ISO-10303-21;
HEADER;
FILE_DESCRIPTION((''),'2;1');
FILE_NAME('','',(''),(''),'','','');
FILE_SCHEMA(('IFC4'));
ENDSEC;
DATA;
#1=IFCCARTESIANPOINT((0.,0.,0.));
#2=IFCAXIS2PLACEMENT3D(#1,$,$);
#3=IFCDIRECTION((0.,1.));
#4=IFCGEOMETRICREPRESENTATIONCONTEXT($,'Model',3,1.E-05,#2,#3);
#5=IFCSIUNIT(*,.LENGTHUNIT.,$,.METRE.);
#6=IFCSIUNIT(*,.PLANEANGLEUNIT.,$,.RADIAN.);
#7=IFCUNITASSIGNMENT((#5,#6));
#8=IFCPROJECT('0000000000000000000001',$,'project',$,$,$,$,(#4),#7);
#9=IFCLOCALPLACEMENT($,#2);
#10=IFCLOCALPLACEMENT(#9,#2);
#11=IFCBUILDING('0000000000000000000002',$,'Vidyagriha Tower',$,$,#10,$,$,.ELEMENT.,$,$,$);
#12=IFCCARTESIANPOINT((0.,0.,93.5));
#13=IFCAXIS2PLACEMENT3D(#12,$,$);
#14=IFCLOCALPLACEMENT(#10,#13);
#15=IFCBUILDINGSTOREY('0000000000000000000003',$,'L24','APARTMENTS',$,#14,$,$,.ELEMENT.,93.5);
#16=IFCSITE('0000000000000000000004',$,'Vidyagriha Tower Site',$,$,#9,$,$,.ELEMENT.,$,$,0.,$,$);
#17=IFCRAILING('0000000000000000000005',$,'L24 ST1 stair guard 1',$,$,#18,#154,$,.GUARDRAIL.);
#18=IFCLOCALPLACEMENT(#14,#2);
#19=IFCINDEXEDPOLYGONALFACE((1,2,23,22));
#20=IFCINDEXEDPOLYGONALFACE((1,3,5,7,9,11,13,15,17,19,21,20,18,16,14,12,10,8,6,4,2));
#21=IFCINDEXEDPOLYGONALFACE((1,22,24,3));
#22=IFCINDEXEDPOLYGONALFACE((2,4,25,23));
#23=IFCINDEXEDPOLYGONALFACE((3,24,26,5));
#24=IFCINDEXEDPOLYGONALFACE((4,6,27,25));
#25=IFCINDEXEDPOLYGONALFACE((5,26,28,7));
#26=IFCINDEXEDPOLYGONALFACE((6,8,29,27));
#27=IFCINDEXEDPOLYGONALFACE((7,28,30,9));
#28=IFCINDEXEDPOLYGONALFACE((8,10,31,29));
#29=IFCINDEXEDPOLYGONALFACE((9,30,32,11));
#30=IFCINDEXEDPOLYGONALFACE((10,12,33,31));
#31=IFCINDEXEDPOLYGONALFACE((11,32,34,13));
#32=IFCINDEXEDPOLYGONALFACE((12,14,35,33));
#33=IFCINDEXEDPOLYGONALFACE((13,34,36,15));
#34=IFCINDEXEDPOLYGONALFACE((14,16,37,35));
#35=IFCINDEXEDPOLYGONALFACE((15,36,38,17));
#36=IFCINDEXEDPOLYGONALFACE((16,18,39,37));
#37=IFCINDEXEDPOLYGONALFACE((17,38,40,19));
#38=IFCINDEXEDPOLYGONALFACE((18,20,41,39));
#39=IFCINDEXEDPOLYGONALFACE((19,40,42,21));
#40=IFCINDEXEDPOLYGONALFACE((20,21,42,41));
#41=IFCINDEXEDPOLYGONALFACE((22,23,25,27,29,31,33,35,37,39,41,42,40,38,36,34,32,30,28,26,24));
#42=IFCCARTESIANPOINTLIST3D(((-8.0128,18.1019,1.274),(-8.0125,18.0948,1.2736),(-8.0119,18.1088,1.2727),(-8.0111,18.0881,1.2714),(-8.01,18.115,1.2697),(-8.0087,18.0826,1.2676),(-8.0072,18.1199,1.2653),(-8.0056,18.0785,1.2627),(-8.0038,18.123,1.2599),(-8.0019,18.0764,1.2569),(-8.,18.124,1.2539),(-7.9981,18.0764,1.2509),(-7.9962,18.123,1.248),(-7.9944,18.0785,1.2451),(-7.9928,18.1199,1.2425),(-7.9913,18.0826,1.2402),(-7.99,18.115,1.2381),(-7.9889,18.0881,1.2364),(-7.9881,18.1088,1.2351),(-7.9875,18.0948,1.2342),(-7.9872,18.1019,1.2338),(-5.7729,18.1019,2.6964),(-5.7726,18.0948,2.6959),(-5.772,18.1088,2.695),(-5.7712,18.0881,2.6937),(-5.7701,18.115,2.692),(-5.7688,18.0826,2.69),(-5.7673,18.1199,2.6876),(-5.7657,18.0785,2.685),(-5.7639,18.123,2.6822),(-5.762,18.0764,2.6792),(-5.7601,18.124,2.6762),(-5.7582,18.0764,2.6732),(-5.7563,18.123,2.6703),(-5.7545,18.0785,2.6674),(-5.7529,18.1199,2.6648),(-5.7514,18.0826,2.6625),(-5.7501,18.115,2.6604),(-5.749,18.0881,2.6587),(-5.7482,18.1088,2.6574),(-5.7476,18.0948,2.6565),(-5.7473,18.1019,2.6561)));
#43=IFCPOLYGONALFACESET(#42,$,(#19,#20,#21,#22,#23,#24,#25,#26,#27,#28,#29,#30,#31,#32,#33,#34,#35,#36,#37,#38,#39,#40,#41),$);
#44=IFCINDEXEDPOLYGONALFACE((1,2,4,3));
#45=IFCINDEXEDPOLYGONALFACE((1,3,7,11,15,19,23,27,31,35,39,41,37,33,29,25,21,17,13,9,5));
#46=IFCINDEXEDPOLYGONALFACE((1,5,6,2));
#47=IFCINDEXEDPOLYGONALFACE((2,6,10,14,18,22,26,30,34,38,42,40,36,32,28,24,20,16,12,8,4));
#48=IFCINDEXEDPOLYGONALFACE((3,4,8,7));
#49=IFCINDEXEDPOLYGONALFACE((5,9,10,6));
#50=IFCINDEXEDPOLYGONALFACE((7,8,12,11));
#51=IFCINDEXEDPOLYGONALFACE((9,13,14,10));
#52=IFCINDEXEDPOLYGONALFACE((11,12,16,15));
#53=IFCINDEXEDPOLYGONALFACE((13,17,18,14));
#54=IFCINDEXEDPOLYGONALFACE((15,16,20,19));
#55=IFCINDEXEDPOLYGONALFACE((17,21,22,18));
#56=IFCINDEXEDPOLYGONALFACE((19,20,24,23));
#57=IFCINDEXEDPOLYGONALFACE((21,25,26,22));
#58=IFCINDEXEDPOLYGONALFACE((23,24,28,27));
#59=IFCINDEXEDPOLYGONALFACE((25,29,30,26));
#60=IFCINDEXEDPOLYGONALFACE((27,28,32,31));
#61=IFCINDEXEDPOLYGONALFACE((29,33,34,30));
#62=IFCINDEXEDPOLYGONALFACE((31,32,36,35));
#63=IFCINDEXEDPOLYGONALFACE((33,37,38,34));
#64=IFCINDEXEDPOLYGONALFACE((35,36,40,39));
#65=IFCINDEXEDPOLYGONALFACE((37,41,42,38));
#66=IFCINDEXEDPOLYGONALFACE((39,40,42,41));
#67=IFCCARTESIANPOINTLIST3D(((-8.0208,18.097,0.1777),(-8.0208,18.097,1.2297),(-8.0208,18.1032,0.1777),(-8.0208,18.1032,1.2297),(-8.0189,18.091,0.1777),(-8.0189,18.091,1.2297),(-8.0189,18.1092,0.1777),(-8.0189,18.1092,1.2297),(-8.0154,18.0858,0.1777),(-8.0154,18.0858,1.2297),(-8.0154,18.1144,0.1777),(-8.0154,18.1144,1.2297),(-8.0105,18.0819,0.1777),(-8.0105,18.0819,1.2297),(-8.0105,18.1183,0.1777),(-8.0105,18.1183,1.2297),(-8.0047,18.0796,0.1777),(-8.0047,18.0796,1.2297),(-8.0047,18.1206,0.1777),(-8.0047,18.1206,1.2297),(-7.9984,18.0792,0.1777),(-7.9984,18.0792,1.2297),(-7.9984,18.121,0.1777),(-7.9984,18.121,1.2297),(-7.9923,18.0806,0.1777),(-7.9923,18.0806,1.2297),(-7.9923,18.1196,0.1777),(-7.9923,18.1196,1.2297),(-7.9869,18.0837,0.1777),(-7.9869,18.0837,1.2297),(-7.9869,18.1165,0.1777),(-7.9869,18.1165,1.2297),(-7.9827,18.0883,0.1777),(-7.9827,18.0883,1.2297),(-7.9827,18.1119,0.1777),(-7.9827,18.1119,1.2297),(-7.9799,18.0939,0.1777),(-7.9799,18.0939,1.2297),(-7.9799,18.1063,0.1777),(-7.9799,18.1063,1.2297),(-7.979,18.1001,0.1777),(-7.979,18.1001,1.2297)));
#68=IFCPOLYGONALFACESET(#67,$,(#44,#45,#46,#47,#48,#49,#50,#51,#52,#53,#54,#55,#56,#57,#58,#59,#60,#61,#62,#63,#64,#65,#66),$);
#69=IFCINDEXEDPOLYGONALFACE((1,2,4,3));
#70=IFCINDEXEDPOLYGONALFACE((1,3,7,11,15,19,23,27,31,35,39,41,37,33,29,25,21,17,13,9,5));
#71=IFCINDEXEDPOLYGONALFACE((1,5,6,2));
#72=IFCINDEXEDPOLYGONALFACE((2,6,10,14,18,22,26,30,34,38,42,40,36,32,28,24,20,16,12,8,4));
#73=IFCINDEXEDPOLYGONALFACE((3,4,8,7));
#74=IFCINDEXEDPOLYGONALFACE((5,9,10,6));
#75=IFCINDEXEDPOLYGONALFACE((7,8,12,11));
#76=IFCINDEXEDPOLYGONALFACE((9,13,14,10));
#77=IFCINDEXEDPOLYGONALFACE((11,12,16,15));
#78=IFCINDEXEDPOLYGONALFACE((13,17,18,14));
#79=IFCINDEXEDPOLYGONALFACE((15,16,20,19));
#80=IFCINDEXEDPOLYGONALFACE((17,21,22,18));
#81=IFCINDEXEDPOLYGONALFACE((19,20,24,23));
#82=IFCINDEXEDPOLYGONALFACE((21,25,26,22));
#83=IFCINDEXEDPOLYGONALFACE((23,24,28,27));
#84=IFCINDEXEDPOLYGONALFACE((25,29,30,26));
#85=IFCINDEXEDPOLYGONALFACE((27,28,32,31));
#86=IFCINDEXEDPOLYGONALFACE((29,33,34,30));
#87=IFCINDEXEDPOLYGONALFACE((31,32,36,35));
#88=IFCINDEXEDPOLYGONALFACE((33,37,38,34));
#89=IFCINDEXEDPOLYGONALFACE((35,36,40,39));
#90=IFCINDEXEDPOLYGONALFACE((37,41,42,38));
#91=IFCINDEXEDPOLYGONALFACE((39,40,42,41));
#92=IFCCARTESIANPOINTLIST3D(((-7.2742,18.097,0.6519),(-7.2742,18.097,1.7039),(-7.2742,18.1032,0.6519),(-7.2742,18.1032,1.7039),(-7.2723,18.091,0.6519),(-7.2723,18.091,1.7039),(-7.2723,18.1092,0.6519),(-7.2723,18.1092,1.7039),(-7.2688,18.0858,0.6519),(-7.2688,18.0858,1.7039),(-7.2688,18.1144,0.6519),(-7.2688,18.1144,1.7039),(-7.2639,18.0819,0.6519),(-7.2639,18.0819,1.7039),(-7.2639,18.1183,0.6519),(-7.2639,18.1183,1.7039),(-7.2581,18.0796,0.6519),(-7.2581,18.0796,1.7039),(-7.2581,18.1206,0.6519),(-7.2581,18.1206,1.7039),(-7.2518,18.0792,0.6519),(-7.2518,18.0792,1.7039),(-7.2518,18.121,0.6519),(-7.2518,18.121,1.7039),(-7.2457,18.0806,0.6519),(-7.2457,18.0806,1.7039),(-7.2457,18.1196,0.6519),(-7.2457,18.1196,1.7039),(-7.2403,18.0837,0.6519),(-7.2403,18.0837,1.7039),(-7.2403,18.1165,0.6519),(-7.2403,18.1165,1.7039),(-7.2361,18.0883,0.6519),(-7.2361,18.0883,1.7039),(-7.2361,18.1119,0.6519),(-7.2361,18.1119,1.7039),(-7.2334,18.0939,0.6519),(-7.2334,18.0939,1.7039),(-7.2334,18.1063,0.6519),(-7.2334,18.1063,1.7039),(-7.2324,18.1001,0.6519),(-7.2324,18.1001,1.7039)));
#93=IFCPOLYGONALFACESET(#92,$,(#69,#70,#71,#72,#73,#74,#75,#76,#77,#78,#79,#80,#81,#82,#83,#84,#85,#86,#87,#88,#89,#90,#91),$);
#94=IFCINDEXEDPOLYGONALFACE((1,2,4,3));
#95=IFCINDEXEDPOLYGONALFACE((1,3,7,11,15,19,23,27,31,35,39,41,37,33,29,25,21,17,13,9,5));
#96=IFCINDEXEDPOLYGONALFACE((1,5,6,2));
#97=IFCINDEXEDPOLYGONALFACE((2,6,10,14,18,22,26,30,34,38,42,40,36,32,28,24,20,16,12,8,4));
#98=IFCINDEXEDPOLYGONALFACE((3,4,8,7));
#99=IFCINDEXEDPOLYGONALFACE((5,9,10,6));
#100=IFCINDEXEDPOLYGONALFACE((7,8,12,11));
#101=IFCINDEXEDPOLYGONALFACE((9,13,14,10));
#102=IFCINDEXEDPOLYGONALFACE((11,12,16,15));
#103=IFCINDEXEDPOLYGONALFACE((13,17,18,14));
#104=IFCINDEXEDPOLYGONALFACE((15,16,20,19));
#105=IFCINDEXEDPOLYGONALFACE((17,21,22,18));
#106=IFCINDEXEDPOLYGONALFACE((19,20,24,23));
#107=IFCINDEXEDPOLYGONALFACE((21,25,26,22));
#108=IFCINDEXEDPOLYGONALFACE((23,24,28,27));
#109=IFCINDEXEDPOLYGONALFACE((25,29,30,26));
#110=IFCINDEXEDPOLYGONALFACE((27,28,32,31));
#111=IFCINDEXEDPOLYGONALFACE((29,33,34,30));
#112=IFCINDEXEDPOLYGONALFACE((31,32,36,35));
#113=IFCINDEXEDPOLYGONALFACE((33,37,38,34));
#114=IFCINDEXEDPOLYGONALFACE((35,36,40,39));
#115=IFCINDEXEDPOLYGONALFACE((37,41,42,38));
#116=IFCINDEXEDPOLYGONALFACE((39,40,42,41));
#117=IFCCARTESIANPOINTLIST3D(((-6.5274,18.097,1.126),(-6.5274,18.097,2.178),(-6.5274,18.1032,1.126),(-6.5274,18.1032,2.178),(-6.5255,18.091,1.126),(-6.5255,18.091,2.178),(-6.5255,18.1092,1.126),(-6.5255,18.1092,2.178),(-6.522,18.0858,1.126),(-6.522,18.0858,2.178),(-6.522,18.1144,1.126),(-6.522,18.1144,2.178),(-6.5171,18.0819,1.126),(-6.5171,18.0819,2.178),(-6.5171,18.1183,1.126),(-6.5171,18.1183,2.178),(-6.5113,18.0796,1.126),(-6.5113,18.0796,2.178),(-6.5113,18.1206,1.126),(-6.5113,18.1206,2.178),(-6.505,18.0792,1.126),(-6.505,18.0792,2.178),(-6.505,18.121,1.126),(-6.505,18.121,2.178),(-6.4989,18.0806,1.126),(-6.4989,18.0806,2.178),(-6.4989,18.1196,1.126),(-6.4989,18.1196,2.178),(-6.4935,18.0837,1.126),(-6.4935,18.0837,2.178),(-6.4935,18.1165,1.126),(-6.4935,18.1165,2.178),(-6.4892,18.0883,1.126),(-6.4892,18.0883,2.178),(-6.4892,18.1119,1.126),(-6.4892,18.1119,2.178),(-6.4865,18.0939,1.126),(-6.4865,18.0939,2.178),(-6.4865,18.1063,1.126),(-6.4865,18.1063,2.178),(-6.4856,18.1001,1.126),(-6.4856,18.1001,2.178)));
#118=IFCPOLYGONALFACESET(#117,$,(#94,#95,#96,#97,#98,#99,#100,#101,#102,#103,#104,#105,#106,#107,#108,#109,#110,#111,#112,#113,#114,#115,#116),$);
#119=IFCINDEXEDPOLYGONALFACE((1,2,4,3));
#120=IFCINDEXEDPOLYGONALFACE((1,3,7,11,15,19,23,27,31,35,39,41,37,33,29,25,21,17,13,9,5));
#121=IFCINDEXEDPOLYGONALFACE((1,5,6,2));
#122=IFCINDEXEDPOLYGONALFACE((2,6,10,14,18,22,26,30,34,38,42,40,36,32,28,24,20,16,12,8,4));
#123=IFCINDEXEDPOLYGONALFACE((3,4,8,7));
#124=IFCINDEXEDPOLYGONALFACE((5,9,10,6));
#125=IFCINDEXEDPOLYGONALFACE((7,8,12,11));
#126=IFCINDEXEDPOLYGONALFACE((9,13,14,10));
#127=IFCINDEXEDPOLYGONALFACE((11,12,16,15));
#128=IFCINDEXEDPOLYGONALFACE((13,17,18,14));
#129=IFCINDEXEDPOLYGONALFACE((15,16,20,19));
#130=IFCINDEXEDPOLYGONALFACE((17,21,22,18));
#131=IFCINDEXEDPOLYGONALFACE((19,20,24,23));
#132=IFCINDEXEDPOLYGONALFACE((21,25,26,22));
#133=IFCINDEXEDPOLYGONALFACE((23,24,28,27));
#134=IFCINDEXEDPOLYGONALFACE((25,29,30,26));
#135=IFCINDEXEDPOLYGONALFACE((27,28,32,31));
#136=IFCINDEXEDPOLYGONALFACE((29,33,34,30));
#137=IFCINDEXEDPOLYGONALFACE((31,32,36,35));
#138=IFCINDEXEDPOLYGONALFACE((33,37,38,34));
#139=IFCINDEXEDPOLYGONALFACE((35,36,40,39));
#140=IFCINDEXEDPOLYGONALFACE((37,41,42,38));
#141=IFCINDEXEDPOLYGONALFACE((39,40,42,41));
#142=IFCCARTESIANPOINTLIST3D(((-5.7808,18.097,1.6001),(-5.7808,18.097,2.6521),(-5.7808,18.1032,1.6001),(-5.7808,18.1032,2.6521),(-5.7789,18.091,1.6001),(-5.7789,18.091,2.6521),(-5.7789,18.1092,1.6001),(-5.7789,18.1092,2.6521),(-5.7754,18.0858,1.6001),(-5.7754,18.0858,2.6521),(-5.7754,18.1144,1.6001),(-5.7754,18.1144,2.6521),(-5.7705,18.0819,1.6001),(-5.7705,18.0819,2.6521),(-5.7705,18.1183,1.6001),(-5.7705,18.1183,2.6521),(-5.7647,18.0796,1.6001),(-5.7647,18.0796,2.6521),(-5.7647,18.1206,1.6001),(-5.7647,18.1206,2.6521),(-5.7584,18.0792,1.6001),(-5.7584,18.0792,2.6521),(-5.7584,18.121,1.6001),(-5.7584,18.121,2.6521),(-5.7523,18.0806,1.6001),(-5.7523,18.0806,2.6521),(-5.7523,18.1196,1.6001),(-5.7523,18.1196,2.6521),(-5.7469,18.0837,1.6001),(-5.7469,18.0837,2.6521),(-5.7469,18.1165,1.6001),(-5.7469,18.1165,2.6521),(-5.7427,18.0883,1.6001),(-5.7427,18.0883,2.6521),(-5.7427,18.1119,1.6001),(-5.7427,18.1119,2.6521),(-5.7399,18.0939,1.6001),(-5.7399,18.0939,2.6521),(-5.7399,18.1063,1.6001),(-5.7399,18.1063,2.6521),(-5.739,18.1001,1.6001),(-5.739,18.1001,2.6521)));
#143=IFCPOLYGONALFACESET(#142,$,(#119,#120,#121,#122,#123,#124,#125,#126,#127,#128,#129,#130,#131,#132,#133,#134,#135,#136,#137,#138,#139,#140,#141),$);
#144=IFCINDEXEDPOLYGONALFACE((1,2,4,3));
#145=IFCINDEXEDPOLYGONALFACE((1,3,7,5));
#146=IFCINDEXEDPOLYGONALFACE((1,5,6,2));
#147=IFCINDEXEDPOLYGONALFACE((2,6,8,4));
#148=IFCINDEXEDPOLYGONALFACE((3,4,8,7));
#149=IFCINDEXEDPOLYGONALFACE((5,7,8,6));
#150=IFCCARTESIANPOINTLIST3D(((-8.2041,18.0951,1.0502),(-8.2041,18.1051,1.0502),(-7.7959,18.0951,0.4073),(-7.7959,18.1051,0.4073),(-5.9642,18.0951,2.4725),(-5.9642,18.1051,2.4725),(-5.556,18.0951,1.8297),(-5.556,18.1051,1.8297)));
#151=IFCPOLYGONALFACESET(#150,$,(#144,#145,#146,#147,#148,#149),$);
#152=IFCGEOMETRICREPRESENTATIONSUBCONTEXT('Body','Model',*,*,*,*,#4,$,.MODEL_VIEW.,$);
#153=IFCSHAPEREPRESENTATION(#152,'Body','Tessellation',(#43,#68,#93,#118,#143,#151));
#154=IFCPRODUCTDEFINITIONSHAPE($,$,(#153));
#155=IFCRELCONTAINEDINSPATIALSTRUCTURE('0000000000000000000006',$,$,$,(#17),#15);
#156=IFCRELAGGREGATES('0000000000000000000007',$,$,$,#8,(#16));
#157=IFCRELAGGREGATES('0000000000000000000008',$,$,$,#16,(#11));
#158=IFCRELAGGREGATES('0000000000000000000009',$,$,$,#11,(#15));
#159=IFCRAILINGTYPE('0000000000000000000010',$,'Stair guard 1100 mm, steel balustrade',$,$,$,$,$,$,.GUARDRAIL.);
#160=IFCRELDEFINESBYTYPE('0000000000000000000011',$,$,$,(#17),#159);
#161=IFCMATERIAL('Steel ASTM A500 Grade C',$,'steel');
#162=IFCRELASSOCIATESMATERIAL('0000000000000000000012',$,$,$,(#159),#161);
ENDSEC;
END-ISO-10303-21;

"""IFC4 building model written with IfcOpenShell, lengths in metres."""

from ifc_helpers import new_model, si_unit, direction, frame, origin, origin_2d, place, context, subcontext, project, spatial, rectangle, circle, extrude, material, type_object, element, save


model = new_model("IFC4")

# Units and contexts
model_context = context("Model", 3, precision=1e-05, world=origin(), true_north=direction((0.0, 1.0)))
body_context = subcontext(model_context, "Body", "Model", "MODEL_VIEW")
ifc_project = project(units=[si_unit("LENGTHUNIT", "METRE"), si_unit("PLANEANGLEUNIT", "RADIAN")], contexts=[model_context])

# Site, building, storey
site_placement = place(None, origin())
site = spatial("IfcSite", under=ifc_project, at=site_placement, Name="Vidyagriha Tower Site", CompositionType="ELEMENT", RefElevation=0.0)
building_placement = place(site_placement, origin())
building = spatial("IfcBuilding", under=site, at=building_placement, Name="Vidyagriha Tower", CompositionType="ELEMENT")
storey_placement = place(building_placement, frame((0.0, 0.0, 93.5)))
storey = spatial("IfcBuildingStorey", under=building, at=storey_placement, Name="L24", Description="APARTMENTS", CompositionType="ELEMENT", Elevation=93.5)

# Railing
ifc_material_1 = material(Name="Steel ASTM A500 Grade C", Category="steel")
railing_type_1 = type_object("IfcRailingType", Name="Stair guard 1100 mm, steel balustrade", PredefinedType="GUARDRAIL", material=ifc_material_1)
railing_1_placement = place(storey_placement, frame((-8.0, 18.1001, 0.1777)))
element("IfcRailing", 1, at=railing_1_placement, inside=storey, type_object=railing_type_1, Name="L24 ST1 stair guard 1", PredefinedType="GUARDRAIL", context=body_context, shape_type="SweptSolid", body=[
    extrude(circle(Radius=0.0239, at=origin_2d()), frame((0.0, 0.0, 1.0762), z_axis=(0.844188, 0.0, 0.536048), x_axis=(0.0, 1.0, 0.0)), (0.0, 0.0, 1.0), 2.6533),
    extrude(circle(Radius=0.021, at=origin_2d()), origin(), (0.0, 0.0, 1.0), 1.052),
    extrude(circle(Radius=0.021, at=origin_2d()), frame((0.7466, 0.0, 0.4741)), (0.0, 0.0, 1.0), 1.052),
    extrude(circle(Radius=0.021, at=origin_2d()), frame((1.4934, 0.0, 0.9482)), (0.0, 0.0, 1.0), 1.052),
    extrude(circle(Radius=0.021, at=origin_2d()), frame((2.24, 0.0, 1.4224)), (0.0, 0.0, 1.0), 1.052),
    extrude(rectangle(XDim=0.01, YDim=0.7615, at=origin_2d()), frame((0.0, 0.0, 0.551), z_axis=(0.844188, 0.0, 0.536048), x_axis=(0.0, 1.0, 0.0)), (0.0, 0.0, 1.0), 2.6533),
])

save(model, "model.ifc")
